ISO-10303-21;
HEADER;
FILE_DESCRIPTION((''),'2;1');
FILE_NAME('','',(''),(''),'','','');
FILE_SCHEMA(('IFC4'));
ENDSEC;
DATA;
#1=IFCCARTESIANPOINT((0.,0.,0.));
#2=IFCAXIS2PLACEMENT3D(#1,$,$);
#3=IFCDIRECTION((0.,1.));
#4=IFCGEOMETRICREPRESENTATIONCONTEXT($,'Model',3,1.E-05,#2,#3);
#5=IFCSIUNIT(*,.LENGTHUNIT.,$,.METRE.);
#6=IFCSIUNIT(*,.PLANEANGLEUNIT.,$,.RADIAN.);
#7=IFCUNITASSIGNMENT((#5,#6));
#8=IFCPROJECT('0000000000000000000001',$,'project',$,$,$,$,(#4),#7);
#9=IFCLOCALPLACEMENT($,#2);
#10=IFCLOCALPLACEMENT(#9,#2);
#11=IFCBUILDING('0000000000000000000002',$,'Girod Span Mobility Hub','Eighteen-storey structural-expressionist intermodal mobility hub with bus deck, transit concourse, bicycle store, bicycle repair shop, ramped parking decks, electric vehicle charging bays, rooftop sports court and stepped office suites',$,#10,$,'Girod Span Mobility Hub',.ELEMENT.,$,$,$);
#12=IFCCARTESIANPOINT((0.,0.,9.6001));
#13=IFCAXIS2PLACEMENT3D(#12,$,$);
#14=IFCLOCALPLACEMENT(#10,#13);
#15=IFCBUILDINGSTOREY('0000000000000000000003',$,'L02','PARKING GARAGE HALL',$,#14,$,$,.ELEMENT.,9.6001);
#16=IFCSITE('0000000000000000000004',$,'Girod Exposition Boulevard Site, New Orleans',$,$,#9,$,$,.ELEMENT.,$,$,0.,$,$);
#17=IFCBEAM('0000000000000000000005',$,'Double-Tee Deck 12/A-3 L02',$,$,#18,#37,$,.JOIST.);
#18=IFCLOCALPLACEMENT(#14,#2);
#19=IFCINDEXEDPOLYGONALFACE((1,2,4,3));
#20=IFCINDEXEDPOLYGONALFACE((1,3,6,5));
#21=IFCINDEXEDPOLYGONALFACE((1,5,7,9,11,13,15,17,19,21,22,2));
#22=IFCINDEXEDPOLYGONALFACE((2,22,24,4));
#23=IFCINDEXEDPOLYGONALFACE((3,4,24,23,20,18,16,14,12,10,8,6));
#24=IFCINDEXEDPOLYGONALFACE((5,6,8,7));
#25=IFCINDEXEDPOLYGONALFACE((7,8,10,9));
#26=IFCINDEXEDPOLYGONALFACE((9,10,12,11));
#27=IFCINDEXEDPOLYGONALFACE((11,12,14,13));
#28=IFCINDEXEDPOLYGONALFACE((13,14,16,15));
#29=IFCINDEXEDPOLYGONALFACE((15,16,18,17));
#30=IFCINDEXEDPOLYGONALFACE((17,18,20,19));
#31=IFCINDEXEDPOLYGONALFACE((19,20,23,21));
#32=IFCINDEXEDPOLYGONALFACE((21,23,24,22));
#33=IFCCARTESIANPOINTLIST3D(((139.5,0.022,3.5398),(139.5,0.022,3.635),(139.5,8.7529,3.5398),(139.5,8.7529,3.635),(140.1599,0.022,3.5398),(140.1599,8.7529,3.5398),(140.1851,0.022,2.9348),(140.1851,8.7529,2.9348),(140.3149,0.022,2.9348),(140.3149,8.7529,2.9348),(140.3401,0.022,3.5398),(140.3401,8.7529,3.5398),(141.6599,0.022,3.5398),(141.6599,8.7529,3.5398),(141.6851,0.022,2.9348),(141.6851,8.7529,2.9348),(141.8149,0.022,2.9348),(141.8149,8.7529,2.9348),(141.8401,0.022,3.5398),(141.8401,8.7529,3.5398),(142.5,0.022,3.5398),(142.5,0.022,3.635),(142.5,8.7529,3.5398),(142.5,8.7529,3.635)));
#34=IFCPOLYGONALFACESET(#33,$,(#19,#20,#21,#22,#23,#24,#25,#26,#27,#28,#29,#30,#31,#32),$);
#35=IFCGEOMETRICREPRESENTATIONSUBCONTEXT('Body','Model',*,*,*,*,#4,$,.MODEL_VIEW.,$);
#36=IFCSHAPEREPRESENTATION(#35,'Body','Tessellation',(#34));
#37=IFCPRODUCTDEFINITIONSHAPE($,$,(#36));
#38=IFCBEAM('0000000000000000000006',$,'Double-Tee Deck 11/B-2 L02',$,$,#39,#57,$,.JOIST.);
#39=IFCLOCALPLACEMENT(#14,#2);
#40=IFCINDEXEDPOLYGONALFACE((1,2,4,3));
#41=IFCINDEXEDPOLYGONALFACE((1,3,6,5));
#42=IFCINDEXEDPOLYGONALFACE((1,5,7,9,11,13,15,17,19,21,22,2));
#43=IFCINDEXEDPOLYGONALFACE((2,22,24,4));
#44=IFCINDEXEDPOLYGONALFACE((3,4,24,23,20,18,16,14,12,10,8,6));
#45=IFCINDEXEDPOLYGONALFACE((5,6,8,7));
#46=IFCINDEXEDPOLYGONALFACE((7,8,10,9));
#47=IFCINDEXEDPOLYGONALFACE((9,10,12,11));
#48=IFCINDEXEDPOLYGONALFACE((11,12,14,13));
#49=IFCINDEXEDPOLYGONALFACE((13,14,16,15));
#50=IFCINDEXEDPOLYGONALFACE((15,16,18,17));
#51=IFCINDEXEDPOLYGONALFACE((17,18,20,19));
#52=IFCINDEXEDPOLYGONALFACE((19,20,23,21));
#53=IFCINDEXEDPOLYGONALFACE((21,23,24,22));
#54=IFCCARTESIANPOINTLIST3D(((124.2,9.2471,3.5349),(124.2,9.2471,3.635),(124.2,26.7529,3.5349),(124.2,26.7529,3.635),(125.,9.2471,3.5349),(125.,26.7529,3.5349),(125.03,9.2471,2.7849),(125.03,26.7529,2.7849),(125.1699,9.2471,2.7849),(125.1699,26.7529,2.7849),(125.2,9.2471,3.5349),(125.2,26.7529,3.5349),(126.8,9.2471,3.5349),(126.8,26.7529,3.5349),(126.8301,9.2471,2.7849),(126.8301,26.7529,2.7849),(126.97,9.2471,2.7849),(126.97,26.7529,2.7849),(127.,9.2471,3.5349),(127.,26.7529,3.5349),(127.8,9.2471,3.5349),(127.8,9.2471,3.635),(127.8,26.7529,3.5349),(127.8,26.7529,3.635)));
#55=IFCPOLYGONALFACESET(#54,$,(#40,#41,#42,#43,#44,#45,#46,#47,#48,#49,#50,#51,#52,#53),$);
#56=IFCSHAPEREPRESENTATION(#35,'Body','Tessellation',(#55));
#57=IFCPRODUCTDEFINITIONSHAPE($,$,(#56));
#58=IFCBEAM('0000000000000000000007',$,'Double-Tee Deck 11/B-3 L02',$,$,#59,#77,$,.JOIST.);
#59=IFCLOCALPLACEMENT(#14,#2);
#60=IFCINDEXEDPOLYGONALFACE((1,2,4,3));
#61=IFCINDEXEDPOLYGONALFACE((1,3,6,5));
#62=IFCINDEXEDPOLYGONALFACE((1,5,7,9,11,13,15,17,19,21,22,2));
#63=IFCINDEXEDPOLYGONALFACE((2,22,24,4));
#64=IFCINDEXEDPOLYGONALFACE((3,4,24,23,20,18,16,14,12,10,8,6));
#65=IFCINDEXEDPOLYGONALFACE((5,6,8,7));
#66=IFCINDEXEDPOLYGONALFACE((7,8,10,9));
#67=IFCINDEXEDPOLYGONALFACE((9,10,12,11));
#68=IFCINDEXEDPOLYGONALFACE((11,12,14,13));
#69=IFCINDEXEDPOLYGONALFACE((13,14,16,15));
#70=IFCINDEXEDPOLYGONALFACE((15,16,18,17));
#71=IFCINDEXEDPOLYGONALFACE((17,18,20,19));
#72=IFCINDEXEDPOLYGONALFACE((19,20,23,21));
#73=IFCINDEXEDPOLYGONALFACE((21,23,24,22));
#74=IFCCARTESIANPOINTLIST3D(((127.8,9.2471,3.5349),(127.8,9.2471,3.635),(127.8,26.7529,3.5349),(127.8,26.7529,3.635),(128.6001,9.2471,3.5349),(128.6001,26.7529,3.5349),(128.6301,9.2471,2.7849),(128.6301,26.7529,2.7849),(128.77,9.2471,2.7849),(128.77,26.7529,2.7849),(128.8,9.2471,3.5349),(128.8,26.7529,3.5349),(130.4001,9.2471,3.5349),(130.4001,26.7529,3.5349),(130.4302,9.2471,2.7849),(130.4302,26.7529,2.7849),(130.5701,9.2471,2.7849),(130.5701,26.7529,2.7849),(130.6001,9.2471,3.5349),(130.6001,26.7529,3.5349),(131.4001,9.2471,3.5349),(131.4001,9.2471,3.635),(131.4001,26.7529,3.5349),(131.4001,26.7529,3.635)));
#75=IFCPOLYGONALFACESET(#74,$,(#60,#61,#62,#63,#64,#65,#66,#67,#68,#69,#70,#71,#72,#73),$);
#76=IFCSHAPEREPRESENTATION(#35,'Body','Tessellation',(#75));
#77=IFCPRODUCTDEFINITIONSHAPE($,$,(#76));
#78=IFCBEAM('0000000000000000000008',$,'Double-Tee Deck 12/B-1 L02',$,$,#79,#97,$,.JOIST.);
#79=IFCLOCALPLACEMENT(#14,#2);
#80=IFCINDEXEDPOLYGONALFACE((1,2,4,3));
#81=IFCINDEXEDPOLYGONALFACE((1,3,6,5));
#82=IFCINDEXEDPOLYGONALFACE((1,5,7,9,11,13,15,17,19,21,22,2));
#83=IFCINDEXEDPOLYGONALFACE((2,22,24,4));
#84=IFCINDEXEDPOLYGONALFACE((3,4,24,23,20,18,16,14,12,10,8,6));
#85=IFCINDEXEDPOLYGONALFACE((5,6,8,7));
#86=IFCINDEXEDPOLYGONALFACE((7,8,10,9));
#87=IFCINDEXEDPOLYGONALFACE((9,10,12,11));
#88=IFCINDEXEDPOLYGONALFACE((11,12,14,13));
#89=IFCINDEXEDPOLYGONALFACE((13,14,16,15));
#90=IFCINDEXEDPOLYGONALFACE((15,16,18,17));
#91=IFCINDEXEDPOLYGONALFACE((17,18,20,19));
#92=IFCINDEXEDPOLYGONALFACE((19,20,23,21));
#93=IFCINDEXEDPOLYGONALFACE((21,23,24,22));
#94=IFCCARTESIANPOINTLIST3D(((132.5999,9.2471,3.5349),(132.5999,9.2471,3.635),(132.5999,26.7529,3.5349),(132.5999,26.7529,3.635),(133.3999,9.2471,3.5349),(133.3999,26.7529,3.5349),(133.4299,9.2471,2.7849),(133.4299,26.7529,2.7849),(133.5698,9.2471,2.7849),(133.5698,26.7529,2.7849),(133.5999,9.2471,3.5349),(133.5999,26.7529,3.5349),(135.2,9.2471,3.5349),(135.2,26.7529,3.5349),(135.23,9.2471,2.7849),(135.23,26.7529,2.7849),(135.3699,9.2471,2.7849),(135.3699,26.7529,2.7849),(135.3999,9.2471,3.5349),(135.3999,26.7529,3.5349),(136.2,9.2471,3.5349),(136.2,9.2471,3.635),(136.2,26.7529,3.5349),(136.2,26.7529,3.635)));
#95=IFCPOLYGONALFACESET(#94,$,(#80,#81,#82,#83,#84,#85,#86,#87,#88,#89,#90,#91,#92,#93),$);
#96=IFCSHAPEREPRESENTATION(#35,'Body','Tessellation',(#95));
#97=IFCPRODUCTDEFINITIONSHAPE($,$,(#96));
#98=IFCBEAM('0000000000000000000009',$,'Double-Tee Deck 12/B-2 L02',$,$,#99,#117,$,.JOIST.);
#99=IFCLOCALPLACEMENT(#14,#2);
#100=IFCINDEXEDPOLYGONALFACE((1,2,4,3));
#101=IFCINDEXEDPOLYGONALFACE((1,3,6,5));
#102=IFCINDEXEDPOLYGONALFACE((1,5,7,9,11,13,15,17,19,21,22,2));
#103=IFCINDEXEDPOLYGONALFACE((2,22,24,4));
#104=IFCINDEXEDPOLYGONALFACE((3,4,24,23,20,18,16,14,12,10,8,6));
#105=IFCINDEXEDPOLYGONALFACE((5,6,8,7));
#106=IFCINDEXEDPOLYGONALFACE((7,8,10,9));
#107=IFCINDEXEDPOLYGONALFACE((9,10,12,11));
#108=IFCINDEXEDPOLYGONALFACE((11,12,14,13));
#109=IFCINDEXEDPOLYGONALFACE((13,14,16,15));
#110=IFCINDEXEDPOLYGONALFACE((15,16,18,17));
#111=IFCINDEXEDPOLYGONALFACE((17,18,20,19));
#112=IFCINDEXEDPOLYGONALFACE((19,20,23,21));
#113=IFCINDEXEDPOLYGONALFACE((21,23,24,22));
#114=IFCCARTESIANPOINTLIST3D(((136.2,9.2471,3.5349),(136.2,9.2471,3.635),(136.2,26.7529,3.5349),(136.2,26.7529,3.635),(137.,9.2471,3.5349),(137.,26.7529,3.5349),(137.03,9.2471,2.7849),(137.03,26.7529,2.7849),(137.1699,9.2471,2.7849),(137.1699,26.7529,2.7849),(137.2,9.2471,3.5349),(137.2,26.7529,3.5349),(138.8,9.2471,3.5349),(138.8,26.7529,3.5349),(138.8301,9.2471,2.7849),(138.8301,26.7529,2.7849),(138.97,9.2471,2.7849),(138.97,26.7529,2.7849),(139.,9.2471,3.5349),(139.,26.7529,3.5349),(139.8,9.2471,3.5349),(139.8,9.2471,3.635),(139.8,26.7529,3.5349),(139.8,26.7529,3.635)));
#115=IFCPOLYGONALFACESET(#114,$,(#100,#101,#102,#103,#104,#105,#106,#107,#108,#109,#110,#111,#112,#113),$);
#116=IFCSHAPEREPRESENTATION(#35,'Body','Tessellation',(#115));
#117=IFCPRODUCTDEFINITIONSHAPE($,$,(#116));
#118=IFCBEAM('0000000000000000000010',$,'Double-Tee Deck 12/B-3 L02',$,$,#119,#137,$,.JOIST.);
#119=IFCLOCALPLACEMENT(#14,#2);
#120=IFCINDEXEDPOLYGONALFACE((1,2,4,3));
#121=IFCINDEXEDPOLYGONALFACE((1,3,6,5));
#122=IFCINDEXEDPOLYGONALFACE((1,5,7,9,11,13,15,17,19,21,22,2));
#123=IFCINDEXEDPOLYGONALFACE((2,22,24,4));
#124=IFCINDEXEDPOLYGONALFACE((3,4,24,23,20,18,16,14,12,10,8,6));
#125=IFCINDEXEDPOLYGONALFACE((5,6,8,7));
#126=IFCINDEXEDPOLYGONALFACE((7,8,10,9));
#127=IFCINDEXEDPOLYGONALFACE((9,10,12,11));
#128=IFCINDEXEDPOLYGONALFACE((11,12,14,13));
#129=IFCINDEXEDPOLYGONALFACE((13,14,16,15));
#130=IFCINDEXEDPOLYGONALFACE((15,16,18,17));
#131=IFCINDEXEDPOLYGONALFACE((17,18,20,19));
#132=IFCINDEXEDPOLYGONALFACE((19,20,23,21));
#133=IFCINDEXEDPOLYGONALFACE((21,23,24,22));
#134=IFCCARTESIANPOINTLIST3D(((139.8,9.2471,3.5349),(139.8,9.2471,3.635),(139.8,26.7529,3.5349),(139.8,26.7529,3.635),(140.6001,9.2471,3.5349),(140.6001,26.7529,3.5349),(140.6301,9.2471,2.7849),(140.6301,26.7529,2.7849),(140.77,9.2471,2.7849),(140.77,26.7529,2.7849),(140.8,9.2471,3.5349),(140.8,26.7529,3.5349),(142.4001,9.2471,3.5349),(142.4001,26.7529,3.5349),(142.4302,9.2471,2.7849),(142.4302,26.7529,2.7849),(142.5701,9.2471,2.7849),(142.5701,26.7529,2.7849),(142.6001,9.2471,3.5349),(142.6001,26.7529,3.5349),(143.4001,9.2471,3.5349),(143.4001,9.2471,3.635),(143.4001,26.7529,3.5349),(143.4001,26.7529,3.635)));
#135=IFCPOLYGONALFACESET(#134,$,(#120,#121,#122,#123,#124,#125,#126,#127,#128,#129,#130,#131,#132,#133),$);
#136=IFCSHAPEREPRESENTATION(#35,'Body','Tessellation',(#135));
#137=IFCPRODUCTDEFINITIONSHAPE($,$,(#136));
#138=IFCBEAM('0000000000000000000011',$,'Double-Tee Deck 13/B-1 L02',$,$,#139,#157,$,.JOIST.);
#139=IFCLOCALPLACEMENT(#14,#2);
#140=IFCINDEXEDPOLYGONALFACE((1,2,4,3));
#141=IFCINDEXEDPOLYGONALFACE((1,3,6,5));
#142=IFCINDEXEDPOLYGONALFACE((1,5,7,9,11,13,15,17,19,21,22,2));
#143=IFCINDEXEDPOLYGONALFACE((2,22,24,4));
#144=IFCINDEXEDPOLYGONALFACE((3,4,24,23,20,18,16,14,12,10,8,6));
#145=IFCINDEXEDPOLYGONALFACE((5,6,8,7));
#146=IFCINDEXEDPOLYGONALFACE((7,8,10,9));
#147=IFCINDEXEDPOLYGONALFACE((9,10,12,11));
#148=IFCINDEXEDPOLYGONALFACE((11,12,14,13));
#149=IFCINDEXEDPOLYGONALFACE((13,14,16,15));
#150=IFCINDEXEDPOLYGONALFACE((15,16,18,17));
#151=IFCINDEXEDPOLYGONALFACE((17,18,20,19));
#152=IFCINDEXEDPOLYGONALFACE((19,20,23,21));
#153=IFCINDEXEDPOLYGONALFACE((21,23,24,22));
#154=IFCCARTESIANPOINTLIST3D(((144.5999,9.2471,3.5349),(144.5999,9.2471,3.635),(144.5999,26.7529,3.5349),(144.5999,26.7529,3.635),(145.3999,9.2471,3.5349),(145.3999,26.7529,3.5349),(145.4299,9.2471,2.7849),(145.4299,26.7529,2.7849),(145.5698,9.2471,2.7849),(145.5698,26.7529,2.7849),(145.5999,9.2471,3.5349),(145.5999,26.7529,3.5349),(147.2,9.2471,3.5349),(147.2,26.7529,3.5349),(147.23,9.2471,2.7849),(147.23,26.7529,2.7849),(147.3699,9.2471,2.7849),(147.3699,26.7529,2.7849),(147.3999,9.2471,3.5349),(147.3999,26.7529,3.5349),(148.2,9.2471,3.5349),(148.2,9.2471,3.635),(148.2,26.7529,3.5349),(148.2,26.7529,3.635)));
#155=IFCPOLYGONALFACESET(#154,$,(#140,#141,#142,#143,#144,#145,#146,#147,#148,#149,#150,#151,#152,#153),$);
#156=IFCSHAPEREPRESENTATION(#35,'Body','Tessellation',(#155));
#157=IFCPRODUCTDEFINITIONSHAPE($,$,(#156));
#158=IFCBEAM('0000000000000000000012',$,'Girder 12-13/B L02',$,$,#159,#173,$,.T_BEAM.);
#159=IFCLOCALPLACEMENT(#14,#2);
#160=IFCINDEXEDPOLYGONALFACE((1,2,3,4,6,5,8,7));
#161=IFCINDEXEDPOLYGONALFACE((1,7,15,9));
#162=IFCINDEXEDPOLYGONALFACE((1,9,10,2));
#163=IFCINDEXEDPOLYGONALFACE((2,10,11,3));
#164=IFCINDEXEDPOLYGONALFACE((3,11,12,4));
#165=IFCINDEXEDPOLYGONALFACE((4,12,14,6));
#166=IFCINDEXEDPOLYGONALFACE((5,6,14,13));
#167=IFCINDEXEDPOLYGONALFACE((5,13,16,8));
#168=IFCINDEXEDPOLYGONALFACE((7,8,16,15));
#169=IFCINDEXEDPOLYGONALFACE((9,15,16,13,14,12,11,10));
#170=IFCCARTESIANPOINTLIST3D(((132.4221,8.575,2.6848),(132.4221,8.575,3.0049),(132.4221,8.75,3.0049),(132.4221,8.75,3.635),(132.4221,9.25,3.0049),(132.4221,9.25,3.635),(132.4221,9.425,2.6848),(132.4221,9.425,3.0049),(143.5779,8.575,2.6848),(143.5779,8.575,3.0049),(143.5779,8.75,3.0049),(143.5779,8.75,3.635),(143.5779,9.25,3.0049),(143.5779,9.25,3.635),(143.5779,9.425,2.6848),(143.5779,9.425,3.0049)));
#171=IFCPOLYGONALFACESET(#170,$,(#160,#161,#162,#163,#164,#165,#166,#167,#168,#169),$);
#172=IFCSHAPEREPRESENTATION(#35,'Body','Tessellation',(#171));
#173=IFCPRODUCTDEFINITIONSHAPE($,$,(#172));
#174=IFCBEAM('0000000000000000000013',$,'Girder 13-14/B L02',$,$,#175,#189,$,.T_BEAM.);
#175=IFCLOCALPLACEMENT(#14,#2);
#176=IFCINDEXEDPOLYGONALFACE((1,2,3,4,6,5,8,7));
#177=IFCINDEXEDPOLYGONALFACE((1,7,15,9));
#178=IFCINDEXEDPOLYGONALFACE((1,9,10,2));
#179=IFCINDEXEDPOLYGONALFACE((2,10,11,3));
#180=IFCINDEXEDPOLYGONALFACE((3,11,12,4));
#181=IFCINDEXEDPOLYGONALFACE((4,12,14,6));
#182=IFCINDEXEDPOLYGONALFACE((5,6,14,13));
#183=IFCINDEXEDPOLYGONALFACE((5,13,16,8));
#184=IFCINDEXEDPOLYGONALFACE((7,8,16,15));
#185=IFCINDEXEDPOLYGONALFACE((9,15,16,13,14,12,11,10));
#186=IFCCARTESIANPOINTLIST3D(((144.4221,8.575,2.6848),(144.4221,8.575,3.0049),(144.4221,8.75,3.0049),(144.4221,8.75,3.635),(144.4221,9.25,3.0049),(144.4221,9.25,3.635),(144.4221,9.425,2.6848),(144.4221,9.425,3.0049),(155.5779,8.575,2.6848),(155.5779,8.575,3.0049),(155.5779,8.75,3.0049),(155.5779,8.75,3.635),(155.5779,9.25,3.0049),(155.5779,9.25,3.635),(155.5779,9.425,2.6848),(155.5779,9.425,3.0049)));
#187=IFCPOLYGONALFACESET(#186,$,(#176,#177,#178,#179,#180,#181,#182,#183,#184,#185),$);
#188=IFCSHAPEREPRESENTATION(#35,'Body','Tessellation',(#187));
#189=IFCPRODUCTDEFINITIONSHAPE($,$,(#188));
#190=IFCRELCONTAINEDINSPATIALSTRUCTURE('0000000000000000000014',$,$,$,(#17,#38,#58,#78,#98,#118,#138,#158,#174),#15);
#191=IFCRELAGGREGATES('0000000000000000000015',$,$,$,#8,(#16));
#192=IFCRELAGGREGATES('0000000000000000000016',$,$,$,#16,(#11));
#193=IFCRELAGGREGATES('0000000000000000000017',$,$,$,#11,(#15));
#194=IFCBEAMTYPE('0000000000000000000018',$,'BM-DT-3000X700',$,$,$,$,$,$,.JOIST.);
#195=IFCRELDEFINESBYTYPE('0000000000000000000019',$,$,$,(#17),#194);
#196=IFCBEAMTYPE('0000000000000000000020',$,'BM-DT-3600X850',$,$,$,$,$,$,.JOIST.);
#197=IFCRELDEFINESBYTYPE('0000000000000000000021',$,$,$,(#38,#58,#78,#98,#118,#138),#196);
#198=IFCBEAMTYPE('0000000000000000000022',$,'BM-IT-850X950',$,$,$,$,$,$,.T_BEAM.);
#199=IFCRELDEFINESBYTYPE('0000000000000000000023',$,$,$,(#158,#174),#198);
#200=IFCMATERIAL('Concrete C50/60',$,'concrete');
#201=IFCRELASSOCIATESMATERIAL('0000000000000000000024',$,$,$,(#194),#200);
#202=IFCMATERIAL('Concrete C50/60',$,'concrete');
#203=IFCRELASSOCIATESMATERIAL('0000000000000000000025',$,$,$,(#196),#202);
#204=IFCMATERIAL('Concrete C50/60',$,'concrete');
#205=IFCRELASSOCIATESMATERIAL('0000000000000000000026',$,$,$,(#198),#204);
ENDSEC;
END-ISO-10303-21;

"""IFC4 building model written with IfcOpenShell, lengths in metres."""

from ifc_helpers import new_model, si_unit, direction, frame, origin, place, context, subcontext, project, spatial, polyline, outline, extrude, material, material_profile, profile_set, type_object, element, save


model = new_model("IFC4")

# Units and contexts
model_context = context("Model", 3, precision=1e-05, world=origin(), true_north=direction((0.0, 1.0)))
body_context = subcontext(model_context, "Body", "Model", "MODEL_VIEW")
ifc_project = project(units=[si_unit("LENGTHUNIT", "METRE"), si_unit("PLANEANGLEUNIT", "RADIAN")], contexts=[model_context])

# Site, building, storey
site_placement = place(None, origin())
site = spatial("IfcSite", under=ifc_project, at=site_placement, Name="Girod Exposition Boulevard Site, New Orleans", CompositionType="ELEMENT", RefElevation=0.0)
building_placement = place(site_placement, origin())
building = spatial("IfcBuilding", under=site, at=building_placement, Name="Girod Span Mobility Hub", Description="Eighteen-storey structural-expressionist intermodal mobility hub with bus deck, transit concourse, bicycle store, bicycle repair shop, ramped parking decks, electric vehicle charging bays, rooftop sports court and stepped office suites", LongName="Girod Span Mobility Hub", CompositionType="ELEMENT")
storey_placement = place(building_placement, frame((0.0, 0.0, 9.6001)))
storey = spatial("IfcBuildingStorey", under=building, at=storey_placement, Name="L02", Description="PARKING GARAGE HALL", CompositionType="ELEMENT", Elevation=9.6001)

# Beams
ifc_material_1 = material(Name="Concrete C50/60", Category="concrete")
ifc_material_profile_1 = material_profile(ifc_material_1, outline(polyline([(-1.5, 0.3501), (-1.5, 0.2549), (-0.8401, 0.2549), (-0.8149, -0.3501), (-0.6851, -0.3501), (-0.6599, 0.2549), (0.6599, 0.2549), (0.6851, -0.3501), (0.8149, -0.3501), (0.8401, 0.2549), (1.5, 0.2549), (1.5, 0.3501), (-1.5, 0.3501)])), Name="DT-3000X700")
ifc_profile_set_1 = profile_set([ifc_material_profile_1], Name="Concrete C50/60")
beam_type_1 = type_object("IfcBeamType", Name="BM-DT-3000X700", PredefinedType="JOIST", material=ifc_profile_set_1)
for number, where, z_axis, x_axis, name in (
    (1, (141.0, 0.022, 3.2849), (0.0, 1.0, 0.0), (-1.0, 0.0, 0.0), "Double-Tee Deck 12/A-3 L02"),
):
    element("IfcBeam", number, at=place(storey_placement, frame(where, z_axis=z_axis, x_axis=x_axis)), inside=storey, type_object=beam_type_1, Name=name, PredefinedType="JOIST", context=body_context, shape_type="SweptSolid", body=[
        extrude(outline(polyline([(-1.5, 0.3501), (-1.5, 0.2549), (-0.8401, 0.2549), (-0.8149, -0.3501), (-0.6851, -0.3501), (-0.6599, 0.2549), (0.6599, 0.2549), (0.6851, -0.3501), (0.8149, -0.3501), (0.8401, 0.2549), (1.5, 0.2549), (1.5, 0.3501), (-1.5, 0.3501)])), origin(), (0.0, 0.0, 1.0), 8.731),
    ])
ifc_material_2 = material(Name="Concrete C50/60", Category="concrete")
ifc_material_profile_2 = material_profile(ifc_material_2, outline(polyline([(-1.8, 0.425), (-1.8, 0.325), (-1.0, 0.325), (-0.97, -0.425), (-0.8301, -0.425), (-0.8, 0.325), (0.8, 0.325), (0.8301, -0.425), (0.97, -0.425), (1.0, 0.325), (1.8, 0.325), (1.8, 0.425), (-1.8, 0.425)])), Name="DT-3600X850")
ifc_profile_set_2 = profile_set([ifc_material_profile_2], Name="Concrete C50/60")
beam_type_2 = type_object("IfcBeamType", Name="BM-DT-3600X850", PredefinedType="JOIST", material=ifc_profile_set_2)
for number, where, z_axis, x_axis, name in (
    (2, (126.0, 9.2471, 3.21), (0.0, 1.0, 0.0), (-1.0, 0.0, 0.0), "Double-Tee Deck 11/B-2 L02"),
    (3, (129.6001, 9.2471, 3.21), (0.0, 1.0, 0.0), (-1.0, 0.0, 0.0), "Double-Tee Deck 11/B-3 L02"),
    (4, (134.3999, 9.2471, 3.21), (0.0, 1.0, 0.0), (-1.0, 0.0, 0.0), "Double-Tee Deck 12/B-1 L02"),
    (5, (138.0, 9.2471, 3.21), (0.0, 1.0, 0.0), (-1.0, 0.0, 0.0), "Double-Tee Deck 12/B-2 L02"),
    (6, (141.6001, 9.2471, 3.21), (0.0, 1.0, 0.0), (-1.0, 0.0, 0.0), "Double-Tee Deck 12/B-3 L02"),
    (7, (146.3999, 9.2471, 3.21), (0.0, 1.0, 0.0), (-1.0, 0.0, 0.0), "Double-Tee Deck 13/B-1 L02"),
):
    element("IfcBeam", number, at=place(storey_placement, frame(where, z_axis=z_axis, x_axis=x_axis)), inside=storey, type_object=beam_type_2, Name=name, PredefinedType="JOIST", context=body_context, shape_type="SweptSolid", body=[
        extrude(outline(polyline([(-1.8, 0.425), (-1.8, 0.325), (-1.0, 0.325), (-0.97, -0.425), (-0.8301, -0.425), (-0.8, 0.325), (0.8, 0.325), (0.8301, -0.425), (0.97, -0.425), (1.0, 0.325), (1.8, 0.325), (1.8, 0.425), (-1.8, 0.425)])), origin(), (0.0, 0.0, 1.0), 17.5059),
    ])
ifc_material_3 = material(Name="Concrete C50/60", Category="concrete")
ifc_material_profile_3 = material_profile(ifc_material_3, outline(polyline([(-0.425, -0.4751), (0.425, -0.4751), (0.425, -0.155), (0.25, -0.155), (0.25, 0.4751), (-0.25, 0.4751), (-0.25, -0.155), (-0.425, -0.155), (-0.425, -0.4751)])), Name="IT-850X950")
ifc_profile_set_3 = profile_set([ifc_material_profile_3], Name="Concrete C50/60")
beam_type_3 = type_object("IfcBeamType", Name="BM-IT-850X950", PredefinedType="T_BEAM", material=ifc_profile_set_3)
for number, where, z_axis, x_axis, name in (
    (8, (132.4221, 9.0, 3.1599), (1.0, 0.0, 0.0), (0.0, 1.0, 0.0), "Girder 12-13/B L02"),
    (9, (144.4221, 9.0, 3.1599), (1.0, 0.0, 0.0), (0.0, 1.0, 0.0), "Girder 13-14/B L02"),
):
    element("IfcBeam", number, at=place(storey_placement, frame(where, z_axis=z_axis, x_axis=x_axis)), inside=storey, type_object=beam_type_3, Name=name, PredefinedType="T_BEAM", context=body_context, shape_type="SweptSolid", body=[
        extrude(outline(polyline([(-0.425, -0.4751), (0.425, -0.4751), (0.425, -0.155), (0.25, -0.155), (0.25, 0.4751), (-0.25, 0.4751), (-0.25, -0.155), (-0.425, -0.155), (-0.425, -0.4751)])), origin(), (0.0, 0.0, 1.0), 11.1558),
    ])

save(model, "model.ifc")
